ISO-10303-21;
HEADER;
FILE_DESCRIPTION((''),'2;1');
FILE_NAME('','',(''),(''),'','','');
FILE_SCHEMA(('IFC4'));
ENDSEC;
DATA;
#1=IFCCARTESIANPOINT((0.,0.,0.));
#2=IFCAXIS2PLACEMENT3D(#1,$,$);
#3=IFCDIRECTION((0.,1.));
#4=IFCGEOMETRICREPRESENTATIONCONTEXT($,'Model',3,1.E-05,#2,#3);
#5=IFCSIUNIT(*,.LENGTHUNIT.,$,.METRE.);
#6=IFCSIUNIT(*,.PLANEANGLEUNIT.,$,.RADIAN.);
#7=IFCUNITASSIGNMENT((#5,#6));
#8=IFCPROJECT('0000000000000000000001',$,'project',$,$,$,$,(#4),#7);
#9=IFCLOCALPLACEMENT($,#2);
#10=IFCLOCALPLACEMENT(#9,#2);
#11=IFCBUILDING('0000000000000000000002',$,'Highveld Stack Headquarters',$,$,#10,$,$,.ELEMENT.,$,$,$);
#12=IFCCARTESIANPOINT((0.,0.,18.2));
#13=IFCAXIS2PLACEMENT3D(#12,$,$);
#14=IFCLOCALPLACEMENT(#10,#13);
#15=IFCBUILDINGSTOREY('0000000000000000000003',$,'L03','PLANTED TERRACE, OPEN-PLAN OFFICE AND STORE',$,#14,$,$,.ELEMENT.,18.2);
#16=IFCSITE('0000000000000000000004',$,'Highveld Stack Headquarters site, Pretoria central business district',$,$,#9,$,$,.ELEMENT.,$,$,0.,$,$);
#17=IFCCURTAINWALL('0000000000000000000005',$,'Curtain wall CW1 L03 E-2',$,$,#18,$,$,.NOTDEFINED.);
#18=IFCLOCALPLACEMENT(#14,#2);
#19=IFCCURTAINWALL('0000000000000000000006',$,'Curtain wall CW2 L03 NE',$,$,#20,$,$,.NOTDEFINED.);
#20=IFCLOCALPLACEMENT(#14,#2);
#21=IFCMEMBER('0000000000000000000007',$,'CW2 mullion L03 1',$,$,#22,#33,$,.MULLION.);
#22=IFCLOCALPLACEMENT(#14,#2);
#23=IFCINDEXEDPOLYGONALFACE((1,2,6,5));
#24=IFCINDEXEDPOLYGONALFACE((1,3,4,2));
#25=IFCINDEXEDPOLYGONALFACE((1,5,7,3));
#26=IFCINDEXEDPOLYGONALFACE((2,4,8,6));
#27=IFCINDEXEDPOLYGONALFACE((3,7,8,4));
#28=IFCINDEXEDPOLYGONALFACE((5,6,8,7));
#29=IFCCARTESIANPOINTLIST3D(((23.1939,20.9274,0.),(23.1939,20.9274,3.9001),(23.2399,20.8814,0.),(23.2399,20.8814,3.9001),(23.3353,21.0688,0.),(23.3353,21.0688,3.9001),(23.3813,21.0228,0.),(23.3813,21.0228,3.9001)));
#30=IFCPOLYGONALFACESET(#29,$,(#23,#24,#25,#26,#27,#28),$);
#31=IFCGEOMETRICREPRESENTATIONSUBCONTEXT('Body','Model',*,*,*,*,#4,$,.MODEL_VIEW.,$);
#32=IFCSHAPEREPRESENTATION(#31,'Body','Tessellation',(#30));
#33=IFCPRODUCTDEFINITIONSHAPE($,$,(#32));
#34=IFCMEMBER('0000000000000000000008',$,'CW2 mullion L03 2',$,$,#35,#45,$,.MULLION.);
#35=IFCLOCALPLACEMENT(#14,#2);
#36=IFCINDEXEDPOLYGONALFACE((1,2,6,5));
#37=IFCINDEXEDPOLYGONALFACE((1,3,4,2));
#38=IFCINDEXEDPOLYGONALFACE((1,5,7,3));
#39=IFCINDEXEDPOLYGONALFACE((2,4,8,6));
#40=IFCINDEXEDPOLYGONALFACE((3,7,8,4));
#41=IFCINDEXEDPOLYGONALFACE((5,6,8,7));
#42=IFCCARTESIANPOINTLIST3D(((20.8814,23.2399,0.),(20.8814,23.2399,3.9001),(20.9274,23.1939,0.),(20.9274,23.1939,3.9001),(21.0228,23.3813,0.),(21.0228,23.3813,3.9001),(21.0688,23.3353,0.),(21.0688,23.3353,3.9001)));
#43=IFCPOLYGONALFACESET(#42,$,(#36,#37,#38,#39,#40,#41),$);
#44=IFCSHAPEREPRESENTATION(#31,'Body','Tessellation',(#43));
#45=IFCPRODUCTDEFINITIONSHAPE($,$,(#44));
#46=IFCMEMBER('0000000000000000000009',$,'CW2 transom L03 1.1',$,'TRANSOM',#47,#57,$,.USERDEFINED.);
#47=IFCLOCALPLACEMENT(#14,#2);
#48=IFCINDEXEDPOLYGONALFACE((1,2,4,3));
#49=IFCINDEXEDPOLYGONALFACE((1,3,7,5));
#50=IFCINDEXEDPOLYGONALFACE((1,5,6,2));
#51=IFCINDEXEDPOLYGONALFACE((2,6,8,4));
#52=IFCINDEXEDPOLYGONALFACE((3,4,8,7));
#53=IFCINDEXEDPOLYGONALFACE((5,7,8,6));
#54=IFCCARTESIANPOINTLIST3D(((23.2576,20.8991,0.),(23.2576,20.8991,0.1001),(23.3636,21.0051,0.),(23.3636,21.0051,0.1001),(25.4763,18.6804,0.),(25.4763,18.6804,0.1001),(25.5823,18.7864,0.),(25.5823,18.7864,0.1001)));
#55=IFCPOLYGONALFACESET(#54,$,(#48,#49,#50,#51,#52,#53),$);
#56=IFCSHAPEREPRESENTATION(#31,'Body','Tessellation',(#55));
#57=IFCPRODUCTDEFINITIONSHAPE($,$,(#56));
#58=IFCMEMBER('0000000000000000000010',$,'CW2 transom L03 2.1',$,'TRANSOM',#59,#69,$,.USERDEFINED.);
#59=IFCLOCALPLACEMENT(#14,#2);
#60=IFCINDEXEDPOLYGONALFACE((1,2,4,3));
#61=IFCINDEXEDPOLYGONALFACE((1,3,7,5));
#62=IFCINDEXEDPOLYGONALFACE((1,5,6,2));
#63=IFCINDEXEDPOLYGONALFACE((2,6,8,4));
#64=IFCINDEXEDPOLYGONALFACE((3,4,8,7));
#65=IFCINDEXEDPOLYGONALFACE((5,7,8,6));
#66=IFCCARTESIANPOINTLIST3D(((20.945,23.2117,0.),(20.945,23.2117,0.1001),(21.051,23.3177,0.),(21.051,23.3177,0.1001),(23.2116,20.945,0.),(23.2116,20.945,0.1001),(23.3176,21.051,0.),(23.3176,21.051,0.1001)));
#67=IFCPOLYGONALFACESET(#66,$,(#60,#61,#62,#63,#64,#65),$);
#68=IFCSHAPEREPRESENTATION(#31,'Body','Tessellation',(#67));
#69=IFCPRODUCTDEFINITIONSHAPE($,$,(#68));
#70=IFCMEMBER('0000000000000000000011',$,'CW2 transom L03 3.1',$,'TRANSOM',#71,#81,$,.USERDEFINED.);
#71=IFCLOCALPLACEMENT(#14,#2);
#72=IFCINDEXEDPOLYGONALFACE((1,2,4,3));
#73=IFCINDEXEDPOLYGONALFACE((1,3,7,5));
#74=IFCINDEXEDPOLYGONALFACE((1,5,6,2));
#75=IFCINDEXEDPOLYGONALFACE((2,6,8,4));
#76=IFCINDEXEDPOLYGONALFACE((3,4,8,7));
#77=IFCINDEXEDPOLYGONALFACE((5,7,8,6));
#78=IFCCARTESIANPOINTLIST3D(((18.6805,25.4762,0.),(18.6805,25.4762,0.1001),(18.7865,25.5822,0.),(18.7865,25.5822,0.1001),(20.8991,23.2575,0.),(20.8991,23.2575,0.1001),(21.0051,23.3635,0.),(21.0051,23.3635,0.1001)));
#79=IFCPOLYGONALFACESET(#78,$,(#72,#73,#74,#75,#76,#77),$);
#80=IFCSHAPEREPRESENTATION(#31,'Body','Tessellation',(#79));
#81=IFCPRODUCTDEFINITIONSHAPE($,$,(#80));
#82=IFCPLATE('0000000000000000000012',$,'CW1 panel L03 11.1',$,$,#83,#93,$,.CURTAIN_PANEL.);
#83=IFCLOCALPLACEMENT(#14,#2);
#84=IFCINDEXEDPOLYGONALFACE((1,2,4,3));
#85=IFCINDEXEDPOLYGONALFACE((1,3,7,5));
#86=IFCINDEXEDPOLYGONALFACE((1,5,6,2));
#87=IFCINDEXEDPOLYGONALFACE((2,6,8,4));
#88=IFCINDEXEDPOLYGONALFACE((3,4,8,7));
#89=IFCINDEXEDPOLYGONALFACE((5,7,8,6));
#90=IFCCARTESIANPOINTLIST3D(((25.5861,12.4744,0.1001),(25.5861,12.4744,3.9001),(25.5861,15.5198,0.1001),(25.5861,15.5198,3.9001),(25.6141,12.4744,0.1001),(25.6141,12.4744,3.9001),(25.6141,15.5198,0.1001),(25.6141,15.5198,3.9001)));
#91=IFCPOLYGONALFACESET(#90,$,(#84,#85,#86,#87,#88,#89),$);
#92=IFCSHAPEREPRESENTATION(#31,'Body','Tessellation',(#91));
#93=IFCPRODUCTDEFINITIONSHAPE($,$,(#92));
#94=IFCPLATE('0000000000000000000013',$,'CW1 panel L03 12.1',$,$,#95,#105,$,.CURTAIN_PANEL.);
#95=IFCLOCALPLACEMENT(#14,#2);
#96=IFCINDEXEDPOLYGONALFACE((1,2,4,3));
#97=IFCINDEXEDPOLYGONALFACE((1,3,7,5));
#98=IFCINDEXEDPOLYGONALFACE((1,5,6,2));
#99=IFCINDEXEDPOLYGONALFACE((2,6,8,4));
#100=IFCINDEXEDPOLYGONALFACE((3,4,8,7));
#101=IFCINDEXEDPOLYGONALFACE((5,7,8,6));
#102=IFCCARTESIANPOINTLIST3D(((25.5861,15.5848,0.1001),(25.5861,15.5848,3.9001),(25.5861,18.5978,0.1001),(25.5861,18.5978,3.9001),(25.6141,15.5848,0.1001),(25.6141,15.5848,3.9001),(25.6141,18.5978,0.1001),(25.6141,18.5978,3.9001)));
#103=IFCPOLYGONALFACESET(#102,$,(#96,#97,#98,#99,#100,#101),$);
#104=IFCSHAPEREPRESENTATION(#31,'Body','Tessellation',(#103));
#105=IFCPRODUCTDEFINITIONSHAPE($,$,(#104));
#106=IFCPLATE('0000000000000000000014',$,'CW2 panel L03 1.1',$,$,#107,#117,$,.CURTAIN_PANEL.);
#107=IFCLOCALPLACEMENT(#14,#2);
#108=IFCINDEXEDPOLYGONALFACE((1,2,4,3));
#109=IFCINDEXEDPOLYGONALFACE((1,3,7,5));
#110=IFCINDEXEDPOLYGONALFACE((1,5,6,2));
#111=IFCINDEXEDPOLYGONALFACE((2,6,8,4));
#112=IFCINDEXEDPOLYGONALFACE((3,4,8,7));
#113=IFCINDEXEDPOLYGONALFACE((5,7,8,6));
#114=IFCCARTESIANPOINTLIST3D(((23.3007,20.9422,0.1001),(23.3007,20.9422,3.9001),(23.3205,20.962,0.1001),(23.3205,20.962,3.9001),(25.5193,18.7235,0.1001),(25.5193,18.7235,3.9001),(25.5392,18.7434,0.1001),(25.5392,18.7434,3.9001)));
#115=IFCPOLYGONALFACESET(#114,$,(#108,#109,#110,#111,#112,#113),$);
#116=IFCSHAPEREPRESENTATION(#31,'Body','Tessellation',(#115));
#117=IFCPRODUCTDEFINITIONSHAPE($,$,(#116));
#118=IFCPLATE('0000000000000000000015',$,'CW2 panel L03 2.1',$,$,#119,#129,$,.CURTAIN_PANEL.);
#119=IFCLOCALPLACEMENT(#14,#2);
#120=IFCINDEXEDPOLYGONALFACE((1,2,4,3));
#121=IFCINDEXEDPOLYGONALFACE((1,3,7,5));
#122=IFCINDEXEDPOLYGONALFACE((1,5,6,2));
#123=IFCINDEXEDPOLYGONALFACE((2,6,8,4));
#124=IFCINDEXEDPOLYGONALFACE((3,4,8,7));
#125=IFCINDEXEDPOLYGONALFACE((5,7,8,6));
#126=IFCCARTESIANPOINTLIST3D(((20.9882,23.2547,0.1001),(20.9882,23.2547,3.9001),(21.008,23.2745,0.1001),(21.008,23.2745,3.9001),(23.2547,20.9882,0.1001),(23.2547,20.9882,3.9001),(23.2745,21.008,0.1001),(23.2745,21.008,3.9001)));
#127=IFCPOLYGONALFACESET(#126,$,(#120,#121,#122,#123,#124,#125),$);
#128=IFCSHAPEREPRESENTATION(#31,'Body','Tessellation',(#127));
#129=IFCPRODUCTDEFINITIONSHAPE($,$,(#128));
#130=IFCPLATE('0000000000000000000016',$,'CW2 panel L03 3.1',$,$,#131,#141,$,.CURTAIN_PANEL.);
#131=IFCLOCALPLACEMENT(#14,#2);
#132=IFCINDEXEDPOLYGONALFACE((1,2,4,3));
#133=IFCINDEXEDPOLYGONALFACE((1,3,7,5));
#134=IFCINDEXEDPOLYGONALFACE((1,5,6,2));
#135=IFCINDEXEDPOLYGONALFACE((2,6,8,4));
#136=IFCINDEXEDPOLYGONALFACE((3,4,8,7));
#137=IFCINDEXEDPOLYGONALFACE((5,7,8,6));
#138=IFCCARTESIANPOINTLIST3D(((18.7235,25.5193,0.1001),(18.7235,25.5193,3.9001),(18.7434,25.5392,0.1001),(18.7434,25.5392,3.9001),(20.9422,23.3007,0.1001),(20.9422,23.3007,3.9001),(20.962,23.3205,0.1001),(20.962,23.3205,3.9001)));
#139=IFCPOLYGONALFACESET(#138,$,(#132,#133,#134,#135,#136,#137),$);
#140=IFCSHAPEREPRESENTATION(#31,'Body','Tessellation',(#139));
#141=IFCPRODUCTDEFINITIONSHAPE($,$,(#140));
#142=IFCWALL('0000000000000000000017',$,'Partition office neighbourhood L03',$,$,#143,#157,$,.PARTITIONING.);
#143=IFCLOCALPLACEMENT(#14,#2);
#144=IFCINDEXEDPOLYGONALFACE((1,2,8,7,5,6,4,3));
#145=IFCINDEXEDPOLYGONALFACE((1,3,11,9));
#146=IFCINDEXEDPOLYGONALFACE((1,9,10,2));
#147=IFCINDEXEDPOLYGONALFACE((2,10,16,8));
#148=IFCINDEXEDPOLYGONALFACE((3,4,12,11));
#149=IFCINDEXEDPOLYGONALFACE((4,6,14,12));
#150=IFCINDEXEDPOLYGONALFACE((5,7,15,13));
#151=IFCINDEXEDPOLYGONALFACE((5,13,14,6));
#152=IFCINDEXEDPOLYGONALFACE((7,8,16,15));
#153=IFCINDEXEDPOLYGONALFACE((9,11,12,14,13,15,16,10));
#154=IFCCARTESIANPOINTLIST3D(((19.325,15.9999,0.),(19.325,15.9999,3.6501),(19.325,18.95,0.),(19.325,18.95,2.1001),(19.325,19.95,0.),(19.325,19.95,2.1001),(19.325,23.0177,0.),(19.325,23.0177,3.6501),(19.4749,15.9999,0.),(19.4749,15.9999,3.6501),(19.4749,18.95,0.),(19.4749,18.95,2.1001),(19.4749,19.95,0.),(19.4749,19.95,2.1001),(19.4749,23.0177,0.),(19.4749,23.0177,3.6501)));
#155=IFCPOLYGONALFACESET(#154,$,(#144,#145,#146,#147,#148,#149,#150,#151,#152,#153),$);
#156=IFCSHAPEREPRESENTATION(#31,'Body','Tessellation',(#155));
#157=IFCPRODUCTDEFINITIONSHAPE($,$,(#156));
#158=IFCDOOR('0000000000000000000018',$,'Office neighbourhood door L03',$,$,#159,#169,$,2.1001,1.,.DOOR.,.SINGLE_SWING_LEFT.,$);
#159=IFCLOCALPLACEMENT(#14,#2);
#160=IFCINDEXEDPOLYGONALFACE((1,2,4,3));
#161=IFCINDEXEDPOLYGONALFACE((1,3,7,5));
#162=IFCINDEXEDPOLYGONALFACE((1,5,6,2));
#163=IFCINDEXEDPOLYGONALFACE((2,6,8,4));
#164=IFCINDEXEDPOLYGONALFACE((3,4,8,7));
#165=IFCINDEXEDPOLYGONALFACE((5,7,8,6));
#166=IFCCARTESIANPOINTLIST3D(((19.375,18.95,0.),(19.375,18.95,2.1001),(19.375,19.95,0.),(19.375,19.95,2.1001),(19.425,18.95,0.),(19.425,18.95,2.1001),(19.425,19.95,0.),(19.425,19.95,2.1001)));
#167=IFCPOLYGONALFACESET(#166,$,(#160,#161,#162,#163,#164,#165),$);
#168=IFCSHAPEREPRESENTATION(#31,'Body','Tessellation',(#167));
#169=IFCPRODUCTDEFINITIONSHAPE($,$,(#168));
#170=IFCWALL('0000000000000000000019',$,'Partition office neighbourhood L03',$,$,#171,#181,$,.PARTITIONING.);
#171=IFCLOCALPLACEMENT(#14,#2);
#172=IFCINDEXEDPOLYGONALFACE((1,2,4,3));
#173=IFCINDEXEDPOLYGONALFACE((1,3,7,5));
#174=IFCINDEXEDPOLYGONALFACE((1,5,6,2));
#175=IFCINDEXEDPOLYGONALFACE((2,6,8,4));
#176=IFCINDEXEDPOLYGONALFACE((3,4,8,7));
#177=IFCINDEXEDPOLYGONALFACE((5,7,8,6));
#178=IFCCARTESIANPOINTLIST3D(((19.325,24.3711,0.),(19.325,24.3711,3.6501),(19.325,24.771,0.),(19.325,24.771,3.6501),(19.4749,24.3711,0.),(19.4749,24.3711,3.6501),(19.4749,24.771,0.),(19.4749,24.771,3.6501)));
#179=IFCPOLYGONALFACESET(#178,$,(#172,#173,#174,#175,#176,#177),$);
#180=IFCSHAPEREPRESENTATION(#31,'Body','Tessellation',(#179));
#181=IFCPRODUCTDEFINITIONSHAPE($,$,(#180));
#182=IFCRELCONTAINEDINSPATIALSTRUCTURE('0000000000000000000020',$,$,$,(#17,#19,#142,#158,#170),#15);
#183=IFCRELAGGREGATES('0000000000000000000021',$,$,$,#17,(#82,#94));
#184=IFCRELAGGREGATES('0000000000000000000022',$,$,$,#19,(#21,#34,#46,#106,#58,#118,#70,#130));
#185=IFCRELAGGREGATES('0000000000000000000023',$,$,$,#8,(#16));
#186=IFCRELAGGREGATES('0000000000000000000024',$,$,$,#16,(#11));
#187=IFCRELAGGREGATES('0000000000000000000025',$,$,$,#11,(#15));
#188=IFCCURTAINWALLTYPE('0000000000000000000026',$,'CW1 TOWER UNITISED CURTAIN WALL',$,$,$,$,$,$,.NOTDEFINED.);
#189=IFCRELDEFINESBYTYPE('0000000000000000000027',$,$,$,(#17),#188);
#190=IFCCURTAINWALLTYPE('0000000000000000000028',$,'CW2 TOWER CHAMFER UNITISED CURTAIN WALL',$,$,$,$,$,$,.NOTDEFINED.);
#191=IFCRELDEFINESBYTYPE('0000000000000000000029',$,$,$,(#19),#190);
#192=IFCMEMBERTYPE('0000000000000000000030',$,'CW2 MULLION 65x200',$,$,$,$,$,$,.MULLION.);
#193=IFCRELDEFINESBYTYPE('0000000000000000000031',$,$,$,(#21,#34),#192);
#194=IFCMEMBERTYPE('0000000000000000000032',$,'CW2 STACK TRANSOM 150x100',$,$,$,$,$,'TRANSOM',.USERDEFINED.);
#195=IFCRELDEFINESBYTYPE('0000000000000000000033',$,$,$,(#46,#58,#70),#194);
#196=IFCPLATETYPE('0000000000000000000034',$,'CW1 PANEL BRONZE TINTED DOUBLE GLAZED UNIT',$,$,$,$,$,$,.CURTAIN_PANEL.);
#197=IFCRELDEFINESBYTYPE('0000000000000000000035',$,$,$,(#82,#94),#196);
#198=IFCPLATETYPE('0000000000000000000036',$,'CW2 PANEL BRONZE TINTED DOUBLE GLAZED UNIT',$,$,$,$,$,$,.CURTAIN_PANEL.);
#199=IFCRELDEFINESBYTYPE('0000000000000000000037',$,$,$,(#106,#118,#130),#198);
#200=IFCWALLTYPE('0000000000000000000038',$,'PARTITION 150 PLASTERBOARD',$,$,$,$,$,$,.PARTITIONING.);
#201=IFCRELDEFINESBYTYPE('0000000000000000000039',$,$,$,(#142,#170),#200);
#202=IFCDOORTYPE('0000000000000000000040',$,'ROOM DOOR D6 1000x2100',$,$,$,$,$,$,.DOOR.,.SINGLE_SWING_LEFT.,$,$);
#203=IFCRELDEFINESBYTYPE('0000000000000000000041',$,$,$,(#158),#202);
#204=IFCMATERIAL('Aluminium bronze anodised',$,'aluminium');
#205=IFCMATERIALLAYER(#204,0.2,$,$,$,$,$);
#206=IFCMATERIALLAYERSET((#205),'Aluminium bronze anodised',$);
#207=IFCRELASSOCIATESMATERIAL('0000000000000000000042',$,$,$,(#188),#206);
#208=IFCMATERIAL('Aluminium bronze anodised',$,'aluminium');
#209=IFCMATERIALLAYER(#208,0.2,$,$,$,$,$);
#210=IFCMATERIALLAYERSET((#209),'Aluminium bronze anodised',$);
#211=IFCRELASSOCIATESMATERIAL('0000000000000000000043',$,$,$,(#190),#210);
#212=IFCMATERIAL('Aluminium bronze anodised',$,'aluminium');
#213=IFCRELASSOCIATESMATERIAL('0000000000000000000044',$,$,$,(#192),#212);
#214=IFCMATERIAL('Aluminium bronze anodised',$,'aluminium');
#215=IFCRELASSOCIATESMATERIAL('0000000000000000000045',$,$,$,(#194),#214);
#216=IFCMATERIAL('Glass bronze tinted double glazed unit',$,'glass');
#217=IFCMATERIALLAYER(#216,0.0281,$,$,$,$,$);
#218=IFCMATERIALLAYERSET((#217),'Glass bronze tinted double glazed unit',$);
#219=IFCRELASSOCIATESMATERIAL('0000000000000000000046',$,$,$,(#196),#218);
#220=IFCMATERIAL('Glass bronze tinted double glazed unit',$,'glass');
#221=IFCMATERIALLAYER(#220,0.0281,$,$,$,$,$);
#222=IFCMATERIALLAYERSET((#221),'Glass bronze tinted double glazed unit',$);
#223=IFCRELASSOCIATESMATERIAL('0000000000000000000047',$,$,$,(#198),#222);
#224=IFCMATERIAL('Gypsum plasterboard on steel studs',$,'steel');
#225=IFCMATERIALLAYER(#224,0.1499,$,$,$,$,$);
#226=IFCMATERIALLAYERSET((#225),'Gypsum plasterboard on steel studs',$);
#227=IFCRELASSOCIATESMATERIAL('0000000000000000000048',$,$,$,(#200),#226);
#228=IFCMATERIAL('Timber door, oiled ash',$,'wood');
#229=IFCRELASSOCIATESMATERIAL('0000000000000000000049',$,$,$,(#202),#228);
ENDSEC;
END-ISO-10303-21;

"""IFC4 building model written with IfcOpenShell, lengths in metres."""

from ifc_helpers import new_model, si_unit, direction, frame, frame_2d, origin, origin_2d, place, context, subcontext, project, spatial, rectangle, extrude, material, layer, layer_set, material_profile, profile_set, type_object, element, fill, aggregate, save


model = new_model("IFC4")

# Units and contexts
model_context = context("Model", 3, precision=1e-05, world=origin(), true_north=direction((0.0, 1.0)))
body_context = subcontext(model_context, "Body", "Model", "MODEL_VIEW")
ifc_project = project(units=[si_unit("LENGTHUNIT", "METRE"), si_unit("PLANEANGLEUNIT", "RADIAN")], contexts=[model_context])

# Site, building, storey
site_placement = place(None, origin())
site = spatial("IfcSite", under=ifc_project, at=site_placement, Name="Highveld Stack Headquarters site, Pretoria central business district", CompositionType="ELEMENT", RefElevation=0.0)
building_placement = place(site_placement, origin())
building = spatial("IfcBuilding", under=site, at=building_placement, Name="Highveld Stack Headquarters", CompositionType="ELEMENT")
storey_placement = place(building_placement, frame((0.0, 0.0, 18.2)))
storey = spatial("IfcBuildingStorey", under=building, at=storey_placement, Name="L03", Description="PLANTED TERRACE, OPEN-PLAN OFFICE AND STORE", CompositionType="ELEMENT", Elevation=18.2)

# Curtain wall
ifc_material_1 = material(Name="Aluminium bronze anodised", Category="aluminium")
ifc_layer_1 = layer(ifc_material_1, 0.2)
ifc_layer_set_1 = layer_set([ifc_layer_1], Name="Aluminium bronze anodised")
curtain_wall_type_1 = type_object("IfcCurtainWallType", Name="CW1 TOWER UNITISED CURTAIN WALL", PredefinedType="NOTDEFINED", material=ifc_layer_set_1)
curtain_wall_1_placement = place(storey_placement, origin())
curtain_wall_1 = element("IfcCurtainWall", 1, at=curtain_wall_1_placement, inside=storey, type_object=curtain_wall_type_1, Name="Curtain wall CW1 L03 E-2", PredefinedType="NOTDEFINED")

# Curtain wall, members
ifc_material_2 = material(Name="Aluminium bronze anodised", Category="aluminium")
ifc_layer_2 = layer(ifc_material_2, 0.2)
ifc_layer_set_2 = layer_set([ifc_layer_2], Name="Aluminium bronze anodised")
curtain_wall_type_2 = type_object("IfcCurtainWallType", Name="CW2 TOWER CHAMFER UNITISED CURTAIN WALL", PredefinedType="NOTDEFINED", material=ifc_layer_set_2)
curtain_wall_2_placement = place(storey_placement, origin())
curtain_wall_2 = element("IfcCurtainWall", 2, at=curtain_wall_2_placement, inside=storey, type_object=curtain_wall_type_2, Name="Curtain wall CW2 L03 NE", PredefinedType="NOTDEFINED")
ifc_material_3 = material(Name="Aluminium bronze anodised", Category="aluminium")
ifc_material_profile_1 = material_profile(ifc_material_3, rectangle(XDim=0.2, YDim=0.0649, at=origin_2d()), Name="CW2 MULLION 65x200")
ifc_profile_set_1 = profile_set([ifc_material_profile_1], Name="Aluminium bronze anodised")
member_type_1 = type_object("IfcMemberType", Name="CW2 MULLION 65x200", PredefinedType="MULLION", material=ifc_profile_set_1)
member_1_placement = place(storey_placement, frame((23.2876, 20.9751, 0.0), z_axis=(0.0, 0.0, 1.0), x_axis=(-0.707107, -0.707107, 0.0)))
member_1 = element("IfcMember", 3, at=member_1_placement, type_object=member_type_1, Name="CW2 mullion L03 1", PredefinedType="MULLION", context=body_context, shape_type="SweptSolid", body=[
    extrude(rectangle(XDim=0.2, YDim=0.0649, at=origin_2d()), origin(), (0.0, 0.0, 1.0), 3.9001),
])
member_2_placement = place(storey_placement, frame((20.9751, 23.2876, 0.0), z_axis=(0.0, 0.0, 1.0), x_axis=(-0.707107, -0.707107, 0.0)))
member_2 = element("IfcMember", 4, at=member_2_placement, type_object=member_type_1, Name="CW2 mullion L03 2", PredefinedType="MULLION", context=body_context, shape_type="SweptSolid", body=[
    extrude(rectangle(XDim=0.2, YDim=0.0649, at=origin_2d()), origin(), (0.0, 0.0, 1.0), 3.9001),
])
ifc_material_4 = material(Name="Aluminium bronze anodised", Category="aluminium")
ifc_material_profile_2 = material_profile(ifc_material_4, rectangle(XDim=0.1499, YDim=0.1001, at=origin_2d()), Name="CW2 TRANSOM 150x100")
ifc_profile_set_2 = profile_set([ifc_material_profile_2], Name="Aluminium bronze anodised")
member_type_2 = type_object("IfcMemberType", Name="CW2 STACK TRANSOM 150x100", ElementType="TRANSOM", PredefinedType="USERDEFINED", material=ifc_profile_set_2)
member_3_placement = place(storey_placement, frame((25.5293, 18.7334, 0.05), z_axis=(-0.707107, 0.707107, 0.0), x_axis=(-0.707107, -0.707107, 0.0)))
member_3 = element("IfcMember", 5, at=member_3_placement, type_object=member_type_2, Name="CW2 transom L03 1.1", ObjectType="TRANSOM", PredefinedType="USERDEFINED", context=body_context, shape_type="SweptSolid", body=[
    extrude(rectangle(XDim=0.1499, YDim=0.1001, at=origin_2d()), origin(), (0.0, 0.0, 1.0), 3.1377),
])
member_4_placement = place(storey_placement, frame((23.2646, 20.998, 0.05), z_axis=(-0.707107, 0.707107, 0.0), x_axis=(-0.707107, -0.707107, 0.0)))
member_4 = element("IfcMember", 6, at=member_4_placement, type_object=member_type_2, Name="CW2 transom L03 2.1", ObjectType="TRANSOM", PredefinedType="USERDEFINED", context=body_context, shape_type="SweptSolid", body=[
    extrude(rectangle(XDim=0.1499, YDim=0.1001, at=origin_2d()), origin(), (0.0, 0.0, 1.0), 3.2056),
])
member_5_placement = place(storey_placement, frame((20.9521, 23.3105, 0.05), z_axis=(-0.707107, 0.707107, 0.0), x_axis=(-0.707107, -0.707107, 0.0)))
member_5 = element("IfcMember", 7, at=member_5_placement, type_object=member_type_2, Name="CW2 transom L03 3.1", ObjectType="TRANSOM", PredefinedType="USERDEFINED", context=body_context, shape_type="SweptSolid", body=[
    extrude(rectangle(XDim=0.1499, YDim=0.1001, at=origin_2d()), origin(), (0.0, 0.0, 1.0), 3.1377),
])

# Plates
ifc_material_5 = material(Name="Glass bronze tinted double glazed unit", Category="glass")
ifc_layer_3 = layer(ifc_material_5, 0.0281)
ifc_layer_set_3 = layer_set([ifc_layer_3], Name="Glass bronze tinted double glazed unit")
plate_type_1 = type_object("IfcPlateType", Name="CW1 PANEL BRONZE TINTED DOUBLE GLAZED UNIT", PredefinedType="CURTAIN_PANEL", material=ifc_layer_set_3)
plate_1_placement = place(storey_placement, frame((25.6001, 13.9971, 0.1001), z_axis=(0.0, 0.0, 1.0), x_axis=(0.0, 1.0, 0.0)))
plate_1 = element("IfcPlate", 8, at=plate_1_placement, type_object=plate_type_1, Name="CW1 panel L03 11.1", PredefinedType="CURTAIN_PANEL", context=body_context, shape_type="SweptSolid", body=[
    extrude(rectangle(XDim=3.0454, YDim=0.0281, at=origin_2d()), origin(), (0.0, 0.0, 1.0), 3.8),
])
plate_2_placement = place(storey_placement, frame((25.6001, 17.0913, 0.1001), z_axis=(0.0, 0.0, 1.0), x_axis=(0.0, 1.0, 0.0)))
plate_2 = element("IfcPlate", 9, at=plate_2_placement, type_object=plate_type_1, Name="CW1 panel L03 12.1", PredefinedType="CURTAIN_PANEL", context=body_context, shape_type="SweptSolid", body=[
    extrude(rectangle(XDim=3.0129, YDim=0.0281, at=origin_2d()), origin(), (0.0, 0.0, 1.0), 3.8),
])
aggregate(curtain_wall_1, [plate_1, plate_2])
ifc_material_6 = material(Name="Glass bronze tinted double glazed unit", Category="glass")
ifc_layer_4 = layer(ifc_material_6, 0.0281)
ifc_layer_set_4 = layer_set([ifc_layer_4], Name="Glass bronze tinted double glazed unit")
plate_type_2 = type_object("IfcPlateType", Name="CW2 PANEL BRONZE TINTED DOUBLE GLAZED UNIT", PredefinedType="CURTAIN_PANEL", material=ifc_layer_set_4)
plate_3_placement = place(storey_placement, frame((24.4199, 19.8428, 0.1001), z_axis=(0.0, 0.0, 1.0), x_axis=(-0.707107, 0.707107, 0.0)))
plate_3 = element("IfcPlate", 10, at=plate_3_placement, type_object=plate_type_2, Name="CW2 panel L03 1.1", PredefinedType="CURTAIN_PANEL", context=body_context, shape_type="SweptSolid", body=[
    extrude(rectangle(XDim=3.1377, YDim=0.0281, at=origin_2d()), origin(), (0.0, 0.0, 1.0), 3.8),
])
plate_4_placement = place(storey_placement, frame((22.1313, 22.1313, 0.1001), z_axis=(0.0, 0.0, 1.0), x_axis=(-0.707107, 0.707107, 0.0)))
plate_4 = element("IfcPlate", 11, at=plate_4_placement, type_object=plate_type_2, Name="CW2 panel L03 2.1", PredefinedType="CURTAIN_PANEL", context=body_context, shape_type="SweptSolid", body=[
    extrude(rectangle(XDim=3.2053, YDim=0.0281, at=origin_2d()), origin(), (0.0, 0.0, 1.0), 3.8),
])
plate_5_placement = place(storey_placement, frame((19.8428, 24.4199, 0.1001), z_axis=(0.0, 0.0, 1.0), x_axis=(-0.707107, 0.707107, 0.0)))
plate_5 = element("IfcPlate", 12, at=plate_5_placement, type_object=plate_type_2, Name="CW2 panel L03 3.1", PredefinedType="CURTAIN_PANEL", context=body_context, shape_type="SweptSolid", body=[
    extrude(rectangle(XDim=3.1377, YDim=0.0281, at=origin_2d()), origin(), (0.0, 0.0, 1.0), 3.8),
])
aggregate(curtain_wall_2, [member_1, member_2, member_3, plate_3, member_4, plate_4, member_5, plate_5])

# Wall, opening, door
ifc_material_7 = material(Name="Gypsum plasterboard on steel studs", Category="steel")
ifc_layer_5 = layer(ifc_material_7, 0.1499)
ifc_layer_set_5 = layer_set([ifc_layer_5], Name="Gypsum plasterboard on steel studs")
wall_type_1 = type_object("IfcWallType", Name="PARTITION 150 PLASTERBOARD", PredefinedType="PARTITIONING", material=ifc_layer_set_5)
wall_1_placement = place(storey_placement, frame((19.3999, 16.0, 0.0), z_axis=(0.0, 0.0, 1.0), x_axis=(0.0, 1.0, 0.0)))
wall_1 = element("IfcWall", 13, at=wall_1_placement, inside=storey, type_object=wall_type_1, Name="Partition office neighbourhood L03", PredefinedType="PARTITIONING", context=body_context, shape_type="SweptSolid", body=[
    extrude(rectangle(XDim=7.0178, YDim=0.1499, at=frame_2d((3.5088, 0.0))), origin(), (0.0, 0.0, 1.0), 3.6501),
])
opening_placement = place(wall_1_placement, frame((2.95, 0.0, 0.0)))
opening = element("IfcOpeningElement", 14, at=opening_placement, cuts=wall_1, PredefinedType="OPENING", context=body_context, shape_type="SweptSolid", body=[
    extrude(rectangle(XDim=1.0, YDim=2.1001, at=frame_2d((0.5, 1.05))), frame((0.0, 0.085, 0.0), z_axis=(0.0, -1.0, 0.0), x_axis=(1.0, 0.0, 0.0)), (0.0, 0.0, 1.0), 0.1699),
])
ifc_material_8 = material(Name="Timber door, oiled ash", Category="wood")
door_type = type_object("IfcDoorType", Name="ROOM DOOR D6 1000x2100", OperationType="SINGLE_SWING_LEFT", PredefinedType="DOOR", material=ifc_material_8)
door_placement = place(opening_placement, origin())
door = element("IfcDoor", 15, at=door_placement, inside=storey, type_object=door_type, Name="Office neighbourhood door L03", OperationType="SINGLE_SWING_LEFT", OverallHeight=2.1001, OverallWidth=1.0, PredefinedType="DOOR", context=body_context, shape_type="SweptSolid", body=[
    extrude(rectangle(XDim=1.0, YDim=2.1001, at=frame_2d((0.5, 1.05))), frame((0.0, 0.0249, 0.0), z_axis=(0.0, -1.0, 0.0), x_axis=(1.0, 0.0, 0.0)), (0.0, 0.0, 1.0), 0.05),
])
fill(opening, door)

# Wall
wall_2_placement = place(storey_placement, frame((19.3999, 24.3711, 0.0), z_axis=(0.0, 0.0, 1.0), x_axis=(0.0, 1.0, 0.0)))
element("IfcWall", 16, at=wall_2_placement, inside=storey, type_object=wall_type_1, Name="Partition office neighbourhood L03", PredefinedType="PARTITIONING", context=body_context, shape_type="SweptSolid", body=[
    extrude(rectangle(XDim=0.3999, YDim=0.1499, at=frame_2d((0.2, 0.0))), origin(), (0.0, 0.0, 1.0), 3.6501),
])

save(model, "model.ifc")
